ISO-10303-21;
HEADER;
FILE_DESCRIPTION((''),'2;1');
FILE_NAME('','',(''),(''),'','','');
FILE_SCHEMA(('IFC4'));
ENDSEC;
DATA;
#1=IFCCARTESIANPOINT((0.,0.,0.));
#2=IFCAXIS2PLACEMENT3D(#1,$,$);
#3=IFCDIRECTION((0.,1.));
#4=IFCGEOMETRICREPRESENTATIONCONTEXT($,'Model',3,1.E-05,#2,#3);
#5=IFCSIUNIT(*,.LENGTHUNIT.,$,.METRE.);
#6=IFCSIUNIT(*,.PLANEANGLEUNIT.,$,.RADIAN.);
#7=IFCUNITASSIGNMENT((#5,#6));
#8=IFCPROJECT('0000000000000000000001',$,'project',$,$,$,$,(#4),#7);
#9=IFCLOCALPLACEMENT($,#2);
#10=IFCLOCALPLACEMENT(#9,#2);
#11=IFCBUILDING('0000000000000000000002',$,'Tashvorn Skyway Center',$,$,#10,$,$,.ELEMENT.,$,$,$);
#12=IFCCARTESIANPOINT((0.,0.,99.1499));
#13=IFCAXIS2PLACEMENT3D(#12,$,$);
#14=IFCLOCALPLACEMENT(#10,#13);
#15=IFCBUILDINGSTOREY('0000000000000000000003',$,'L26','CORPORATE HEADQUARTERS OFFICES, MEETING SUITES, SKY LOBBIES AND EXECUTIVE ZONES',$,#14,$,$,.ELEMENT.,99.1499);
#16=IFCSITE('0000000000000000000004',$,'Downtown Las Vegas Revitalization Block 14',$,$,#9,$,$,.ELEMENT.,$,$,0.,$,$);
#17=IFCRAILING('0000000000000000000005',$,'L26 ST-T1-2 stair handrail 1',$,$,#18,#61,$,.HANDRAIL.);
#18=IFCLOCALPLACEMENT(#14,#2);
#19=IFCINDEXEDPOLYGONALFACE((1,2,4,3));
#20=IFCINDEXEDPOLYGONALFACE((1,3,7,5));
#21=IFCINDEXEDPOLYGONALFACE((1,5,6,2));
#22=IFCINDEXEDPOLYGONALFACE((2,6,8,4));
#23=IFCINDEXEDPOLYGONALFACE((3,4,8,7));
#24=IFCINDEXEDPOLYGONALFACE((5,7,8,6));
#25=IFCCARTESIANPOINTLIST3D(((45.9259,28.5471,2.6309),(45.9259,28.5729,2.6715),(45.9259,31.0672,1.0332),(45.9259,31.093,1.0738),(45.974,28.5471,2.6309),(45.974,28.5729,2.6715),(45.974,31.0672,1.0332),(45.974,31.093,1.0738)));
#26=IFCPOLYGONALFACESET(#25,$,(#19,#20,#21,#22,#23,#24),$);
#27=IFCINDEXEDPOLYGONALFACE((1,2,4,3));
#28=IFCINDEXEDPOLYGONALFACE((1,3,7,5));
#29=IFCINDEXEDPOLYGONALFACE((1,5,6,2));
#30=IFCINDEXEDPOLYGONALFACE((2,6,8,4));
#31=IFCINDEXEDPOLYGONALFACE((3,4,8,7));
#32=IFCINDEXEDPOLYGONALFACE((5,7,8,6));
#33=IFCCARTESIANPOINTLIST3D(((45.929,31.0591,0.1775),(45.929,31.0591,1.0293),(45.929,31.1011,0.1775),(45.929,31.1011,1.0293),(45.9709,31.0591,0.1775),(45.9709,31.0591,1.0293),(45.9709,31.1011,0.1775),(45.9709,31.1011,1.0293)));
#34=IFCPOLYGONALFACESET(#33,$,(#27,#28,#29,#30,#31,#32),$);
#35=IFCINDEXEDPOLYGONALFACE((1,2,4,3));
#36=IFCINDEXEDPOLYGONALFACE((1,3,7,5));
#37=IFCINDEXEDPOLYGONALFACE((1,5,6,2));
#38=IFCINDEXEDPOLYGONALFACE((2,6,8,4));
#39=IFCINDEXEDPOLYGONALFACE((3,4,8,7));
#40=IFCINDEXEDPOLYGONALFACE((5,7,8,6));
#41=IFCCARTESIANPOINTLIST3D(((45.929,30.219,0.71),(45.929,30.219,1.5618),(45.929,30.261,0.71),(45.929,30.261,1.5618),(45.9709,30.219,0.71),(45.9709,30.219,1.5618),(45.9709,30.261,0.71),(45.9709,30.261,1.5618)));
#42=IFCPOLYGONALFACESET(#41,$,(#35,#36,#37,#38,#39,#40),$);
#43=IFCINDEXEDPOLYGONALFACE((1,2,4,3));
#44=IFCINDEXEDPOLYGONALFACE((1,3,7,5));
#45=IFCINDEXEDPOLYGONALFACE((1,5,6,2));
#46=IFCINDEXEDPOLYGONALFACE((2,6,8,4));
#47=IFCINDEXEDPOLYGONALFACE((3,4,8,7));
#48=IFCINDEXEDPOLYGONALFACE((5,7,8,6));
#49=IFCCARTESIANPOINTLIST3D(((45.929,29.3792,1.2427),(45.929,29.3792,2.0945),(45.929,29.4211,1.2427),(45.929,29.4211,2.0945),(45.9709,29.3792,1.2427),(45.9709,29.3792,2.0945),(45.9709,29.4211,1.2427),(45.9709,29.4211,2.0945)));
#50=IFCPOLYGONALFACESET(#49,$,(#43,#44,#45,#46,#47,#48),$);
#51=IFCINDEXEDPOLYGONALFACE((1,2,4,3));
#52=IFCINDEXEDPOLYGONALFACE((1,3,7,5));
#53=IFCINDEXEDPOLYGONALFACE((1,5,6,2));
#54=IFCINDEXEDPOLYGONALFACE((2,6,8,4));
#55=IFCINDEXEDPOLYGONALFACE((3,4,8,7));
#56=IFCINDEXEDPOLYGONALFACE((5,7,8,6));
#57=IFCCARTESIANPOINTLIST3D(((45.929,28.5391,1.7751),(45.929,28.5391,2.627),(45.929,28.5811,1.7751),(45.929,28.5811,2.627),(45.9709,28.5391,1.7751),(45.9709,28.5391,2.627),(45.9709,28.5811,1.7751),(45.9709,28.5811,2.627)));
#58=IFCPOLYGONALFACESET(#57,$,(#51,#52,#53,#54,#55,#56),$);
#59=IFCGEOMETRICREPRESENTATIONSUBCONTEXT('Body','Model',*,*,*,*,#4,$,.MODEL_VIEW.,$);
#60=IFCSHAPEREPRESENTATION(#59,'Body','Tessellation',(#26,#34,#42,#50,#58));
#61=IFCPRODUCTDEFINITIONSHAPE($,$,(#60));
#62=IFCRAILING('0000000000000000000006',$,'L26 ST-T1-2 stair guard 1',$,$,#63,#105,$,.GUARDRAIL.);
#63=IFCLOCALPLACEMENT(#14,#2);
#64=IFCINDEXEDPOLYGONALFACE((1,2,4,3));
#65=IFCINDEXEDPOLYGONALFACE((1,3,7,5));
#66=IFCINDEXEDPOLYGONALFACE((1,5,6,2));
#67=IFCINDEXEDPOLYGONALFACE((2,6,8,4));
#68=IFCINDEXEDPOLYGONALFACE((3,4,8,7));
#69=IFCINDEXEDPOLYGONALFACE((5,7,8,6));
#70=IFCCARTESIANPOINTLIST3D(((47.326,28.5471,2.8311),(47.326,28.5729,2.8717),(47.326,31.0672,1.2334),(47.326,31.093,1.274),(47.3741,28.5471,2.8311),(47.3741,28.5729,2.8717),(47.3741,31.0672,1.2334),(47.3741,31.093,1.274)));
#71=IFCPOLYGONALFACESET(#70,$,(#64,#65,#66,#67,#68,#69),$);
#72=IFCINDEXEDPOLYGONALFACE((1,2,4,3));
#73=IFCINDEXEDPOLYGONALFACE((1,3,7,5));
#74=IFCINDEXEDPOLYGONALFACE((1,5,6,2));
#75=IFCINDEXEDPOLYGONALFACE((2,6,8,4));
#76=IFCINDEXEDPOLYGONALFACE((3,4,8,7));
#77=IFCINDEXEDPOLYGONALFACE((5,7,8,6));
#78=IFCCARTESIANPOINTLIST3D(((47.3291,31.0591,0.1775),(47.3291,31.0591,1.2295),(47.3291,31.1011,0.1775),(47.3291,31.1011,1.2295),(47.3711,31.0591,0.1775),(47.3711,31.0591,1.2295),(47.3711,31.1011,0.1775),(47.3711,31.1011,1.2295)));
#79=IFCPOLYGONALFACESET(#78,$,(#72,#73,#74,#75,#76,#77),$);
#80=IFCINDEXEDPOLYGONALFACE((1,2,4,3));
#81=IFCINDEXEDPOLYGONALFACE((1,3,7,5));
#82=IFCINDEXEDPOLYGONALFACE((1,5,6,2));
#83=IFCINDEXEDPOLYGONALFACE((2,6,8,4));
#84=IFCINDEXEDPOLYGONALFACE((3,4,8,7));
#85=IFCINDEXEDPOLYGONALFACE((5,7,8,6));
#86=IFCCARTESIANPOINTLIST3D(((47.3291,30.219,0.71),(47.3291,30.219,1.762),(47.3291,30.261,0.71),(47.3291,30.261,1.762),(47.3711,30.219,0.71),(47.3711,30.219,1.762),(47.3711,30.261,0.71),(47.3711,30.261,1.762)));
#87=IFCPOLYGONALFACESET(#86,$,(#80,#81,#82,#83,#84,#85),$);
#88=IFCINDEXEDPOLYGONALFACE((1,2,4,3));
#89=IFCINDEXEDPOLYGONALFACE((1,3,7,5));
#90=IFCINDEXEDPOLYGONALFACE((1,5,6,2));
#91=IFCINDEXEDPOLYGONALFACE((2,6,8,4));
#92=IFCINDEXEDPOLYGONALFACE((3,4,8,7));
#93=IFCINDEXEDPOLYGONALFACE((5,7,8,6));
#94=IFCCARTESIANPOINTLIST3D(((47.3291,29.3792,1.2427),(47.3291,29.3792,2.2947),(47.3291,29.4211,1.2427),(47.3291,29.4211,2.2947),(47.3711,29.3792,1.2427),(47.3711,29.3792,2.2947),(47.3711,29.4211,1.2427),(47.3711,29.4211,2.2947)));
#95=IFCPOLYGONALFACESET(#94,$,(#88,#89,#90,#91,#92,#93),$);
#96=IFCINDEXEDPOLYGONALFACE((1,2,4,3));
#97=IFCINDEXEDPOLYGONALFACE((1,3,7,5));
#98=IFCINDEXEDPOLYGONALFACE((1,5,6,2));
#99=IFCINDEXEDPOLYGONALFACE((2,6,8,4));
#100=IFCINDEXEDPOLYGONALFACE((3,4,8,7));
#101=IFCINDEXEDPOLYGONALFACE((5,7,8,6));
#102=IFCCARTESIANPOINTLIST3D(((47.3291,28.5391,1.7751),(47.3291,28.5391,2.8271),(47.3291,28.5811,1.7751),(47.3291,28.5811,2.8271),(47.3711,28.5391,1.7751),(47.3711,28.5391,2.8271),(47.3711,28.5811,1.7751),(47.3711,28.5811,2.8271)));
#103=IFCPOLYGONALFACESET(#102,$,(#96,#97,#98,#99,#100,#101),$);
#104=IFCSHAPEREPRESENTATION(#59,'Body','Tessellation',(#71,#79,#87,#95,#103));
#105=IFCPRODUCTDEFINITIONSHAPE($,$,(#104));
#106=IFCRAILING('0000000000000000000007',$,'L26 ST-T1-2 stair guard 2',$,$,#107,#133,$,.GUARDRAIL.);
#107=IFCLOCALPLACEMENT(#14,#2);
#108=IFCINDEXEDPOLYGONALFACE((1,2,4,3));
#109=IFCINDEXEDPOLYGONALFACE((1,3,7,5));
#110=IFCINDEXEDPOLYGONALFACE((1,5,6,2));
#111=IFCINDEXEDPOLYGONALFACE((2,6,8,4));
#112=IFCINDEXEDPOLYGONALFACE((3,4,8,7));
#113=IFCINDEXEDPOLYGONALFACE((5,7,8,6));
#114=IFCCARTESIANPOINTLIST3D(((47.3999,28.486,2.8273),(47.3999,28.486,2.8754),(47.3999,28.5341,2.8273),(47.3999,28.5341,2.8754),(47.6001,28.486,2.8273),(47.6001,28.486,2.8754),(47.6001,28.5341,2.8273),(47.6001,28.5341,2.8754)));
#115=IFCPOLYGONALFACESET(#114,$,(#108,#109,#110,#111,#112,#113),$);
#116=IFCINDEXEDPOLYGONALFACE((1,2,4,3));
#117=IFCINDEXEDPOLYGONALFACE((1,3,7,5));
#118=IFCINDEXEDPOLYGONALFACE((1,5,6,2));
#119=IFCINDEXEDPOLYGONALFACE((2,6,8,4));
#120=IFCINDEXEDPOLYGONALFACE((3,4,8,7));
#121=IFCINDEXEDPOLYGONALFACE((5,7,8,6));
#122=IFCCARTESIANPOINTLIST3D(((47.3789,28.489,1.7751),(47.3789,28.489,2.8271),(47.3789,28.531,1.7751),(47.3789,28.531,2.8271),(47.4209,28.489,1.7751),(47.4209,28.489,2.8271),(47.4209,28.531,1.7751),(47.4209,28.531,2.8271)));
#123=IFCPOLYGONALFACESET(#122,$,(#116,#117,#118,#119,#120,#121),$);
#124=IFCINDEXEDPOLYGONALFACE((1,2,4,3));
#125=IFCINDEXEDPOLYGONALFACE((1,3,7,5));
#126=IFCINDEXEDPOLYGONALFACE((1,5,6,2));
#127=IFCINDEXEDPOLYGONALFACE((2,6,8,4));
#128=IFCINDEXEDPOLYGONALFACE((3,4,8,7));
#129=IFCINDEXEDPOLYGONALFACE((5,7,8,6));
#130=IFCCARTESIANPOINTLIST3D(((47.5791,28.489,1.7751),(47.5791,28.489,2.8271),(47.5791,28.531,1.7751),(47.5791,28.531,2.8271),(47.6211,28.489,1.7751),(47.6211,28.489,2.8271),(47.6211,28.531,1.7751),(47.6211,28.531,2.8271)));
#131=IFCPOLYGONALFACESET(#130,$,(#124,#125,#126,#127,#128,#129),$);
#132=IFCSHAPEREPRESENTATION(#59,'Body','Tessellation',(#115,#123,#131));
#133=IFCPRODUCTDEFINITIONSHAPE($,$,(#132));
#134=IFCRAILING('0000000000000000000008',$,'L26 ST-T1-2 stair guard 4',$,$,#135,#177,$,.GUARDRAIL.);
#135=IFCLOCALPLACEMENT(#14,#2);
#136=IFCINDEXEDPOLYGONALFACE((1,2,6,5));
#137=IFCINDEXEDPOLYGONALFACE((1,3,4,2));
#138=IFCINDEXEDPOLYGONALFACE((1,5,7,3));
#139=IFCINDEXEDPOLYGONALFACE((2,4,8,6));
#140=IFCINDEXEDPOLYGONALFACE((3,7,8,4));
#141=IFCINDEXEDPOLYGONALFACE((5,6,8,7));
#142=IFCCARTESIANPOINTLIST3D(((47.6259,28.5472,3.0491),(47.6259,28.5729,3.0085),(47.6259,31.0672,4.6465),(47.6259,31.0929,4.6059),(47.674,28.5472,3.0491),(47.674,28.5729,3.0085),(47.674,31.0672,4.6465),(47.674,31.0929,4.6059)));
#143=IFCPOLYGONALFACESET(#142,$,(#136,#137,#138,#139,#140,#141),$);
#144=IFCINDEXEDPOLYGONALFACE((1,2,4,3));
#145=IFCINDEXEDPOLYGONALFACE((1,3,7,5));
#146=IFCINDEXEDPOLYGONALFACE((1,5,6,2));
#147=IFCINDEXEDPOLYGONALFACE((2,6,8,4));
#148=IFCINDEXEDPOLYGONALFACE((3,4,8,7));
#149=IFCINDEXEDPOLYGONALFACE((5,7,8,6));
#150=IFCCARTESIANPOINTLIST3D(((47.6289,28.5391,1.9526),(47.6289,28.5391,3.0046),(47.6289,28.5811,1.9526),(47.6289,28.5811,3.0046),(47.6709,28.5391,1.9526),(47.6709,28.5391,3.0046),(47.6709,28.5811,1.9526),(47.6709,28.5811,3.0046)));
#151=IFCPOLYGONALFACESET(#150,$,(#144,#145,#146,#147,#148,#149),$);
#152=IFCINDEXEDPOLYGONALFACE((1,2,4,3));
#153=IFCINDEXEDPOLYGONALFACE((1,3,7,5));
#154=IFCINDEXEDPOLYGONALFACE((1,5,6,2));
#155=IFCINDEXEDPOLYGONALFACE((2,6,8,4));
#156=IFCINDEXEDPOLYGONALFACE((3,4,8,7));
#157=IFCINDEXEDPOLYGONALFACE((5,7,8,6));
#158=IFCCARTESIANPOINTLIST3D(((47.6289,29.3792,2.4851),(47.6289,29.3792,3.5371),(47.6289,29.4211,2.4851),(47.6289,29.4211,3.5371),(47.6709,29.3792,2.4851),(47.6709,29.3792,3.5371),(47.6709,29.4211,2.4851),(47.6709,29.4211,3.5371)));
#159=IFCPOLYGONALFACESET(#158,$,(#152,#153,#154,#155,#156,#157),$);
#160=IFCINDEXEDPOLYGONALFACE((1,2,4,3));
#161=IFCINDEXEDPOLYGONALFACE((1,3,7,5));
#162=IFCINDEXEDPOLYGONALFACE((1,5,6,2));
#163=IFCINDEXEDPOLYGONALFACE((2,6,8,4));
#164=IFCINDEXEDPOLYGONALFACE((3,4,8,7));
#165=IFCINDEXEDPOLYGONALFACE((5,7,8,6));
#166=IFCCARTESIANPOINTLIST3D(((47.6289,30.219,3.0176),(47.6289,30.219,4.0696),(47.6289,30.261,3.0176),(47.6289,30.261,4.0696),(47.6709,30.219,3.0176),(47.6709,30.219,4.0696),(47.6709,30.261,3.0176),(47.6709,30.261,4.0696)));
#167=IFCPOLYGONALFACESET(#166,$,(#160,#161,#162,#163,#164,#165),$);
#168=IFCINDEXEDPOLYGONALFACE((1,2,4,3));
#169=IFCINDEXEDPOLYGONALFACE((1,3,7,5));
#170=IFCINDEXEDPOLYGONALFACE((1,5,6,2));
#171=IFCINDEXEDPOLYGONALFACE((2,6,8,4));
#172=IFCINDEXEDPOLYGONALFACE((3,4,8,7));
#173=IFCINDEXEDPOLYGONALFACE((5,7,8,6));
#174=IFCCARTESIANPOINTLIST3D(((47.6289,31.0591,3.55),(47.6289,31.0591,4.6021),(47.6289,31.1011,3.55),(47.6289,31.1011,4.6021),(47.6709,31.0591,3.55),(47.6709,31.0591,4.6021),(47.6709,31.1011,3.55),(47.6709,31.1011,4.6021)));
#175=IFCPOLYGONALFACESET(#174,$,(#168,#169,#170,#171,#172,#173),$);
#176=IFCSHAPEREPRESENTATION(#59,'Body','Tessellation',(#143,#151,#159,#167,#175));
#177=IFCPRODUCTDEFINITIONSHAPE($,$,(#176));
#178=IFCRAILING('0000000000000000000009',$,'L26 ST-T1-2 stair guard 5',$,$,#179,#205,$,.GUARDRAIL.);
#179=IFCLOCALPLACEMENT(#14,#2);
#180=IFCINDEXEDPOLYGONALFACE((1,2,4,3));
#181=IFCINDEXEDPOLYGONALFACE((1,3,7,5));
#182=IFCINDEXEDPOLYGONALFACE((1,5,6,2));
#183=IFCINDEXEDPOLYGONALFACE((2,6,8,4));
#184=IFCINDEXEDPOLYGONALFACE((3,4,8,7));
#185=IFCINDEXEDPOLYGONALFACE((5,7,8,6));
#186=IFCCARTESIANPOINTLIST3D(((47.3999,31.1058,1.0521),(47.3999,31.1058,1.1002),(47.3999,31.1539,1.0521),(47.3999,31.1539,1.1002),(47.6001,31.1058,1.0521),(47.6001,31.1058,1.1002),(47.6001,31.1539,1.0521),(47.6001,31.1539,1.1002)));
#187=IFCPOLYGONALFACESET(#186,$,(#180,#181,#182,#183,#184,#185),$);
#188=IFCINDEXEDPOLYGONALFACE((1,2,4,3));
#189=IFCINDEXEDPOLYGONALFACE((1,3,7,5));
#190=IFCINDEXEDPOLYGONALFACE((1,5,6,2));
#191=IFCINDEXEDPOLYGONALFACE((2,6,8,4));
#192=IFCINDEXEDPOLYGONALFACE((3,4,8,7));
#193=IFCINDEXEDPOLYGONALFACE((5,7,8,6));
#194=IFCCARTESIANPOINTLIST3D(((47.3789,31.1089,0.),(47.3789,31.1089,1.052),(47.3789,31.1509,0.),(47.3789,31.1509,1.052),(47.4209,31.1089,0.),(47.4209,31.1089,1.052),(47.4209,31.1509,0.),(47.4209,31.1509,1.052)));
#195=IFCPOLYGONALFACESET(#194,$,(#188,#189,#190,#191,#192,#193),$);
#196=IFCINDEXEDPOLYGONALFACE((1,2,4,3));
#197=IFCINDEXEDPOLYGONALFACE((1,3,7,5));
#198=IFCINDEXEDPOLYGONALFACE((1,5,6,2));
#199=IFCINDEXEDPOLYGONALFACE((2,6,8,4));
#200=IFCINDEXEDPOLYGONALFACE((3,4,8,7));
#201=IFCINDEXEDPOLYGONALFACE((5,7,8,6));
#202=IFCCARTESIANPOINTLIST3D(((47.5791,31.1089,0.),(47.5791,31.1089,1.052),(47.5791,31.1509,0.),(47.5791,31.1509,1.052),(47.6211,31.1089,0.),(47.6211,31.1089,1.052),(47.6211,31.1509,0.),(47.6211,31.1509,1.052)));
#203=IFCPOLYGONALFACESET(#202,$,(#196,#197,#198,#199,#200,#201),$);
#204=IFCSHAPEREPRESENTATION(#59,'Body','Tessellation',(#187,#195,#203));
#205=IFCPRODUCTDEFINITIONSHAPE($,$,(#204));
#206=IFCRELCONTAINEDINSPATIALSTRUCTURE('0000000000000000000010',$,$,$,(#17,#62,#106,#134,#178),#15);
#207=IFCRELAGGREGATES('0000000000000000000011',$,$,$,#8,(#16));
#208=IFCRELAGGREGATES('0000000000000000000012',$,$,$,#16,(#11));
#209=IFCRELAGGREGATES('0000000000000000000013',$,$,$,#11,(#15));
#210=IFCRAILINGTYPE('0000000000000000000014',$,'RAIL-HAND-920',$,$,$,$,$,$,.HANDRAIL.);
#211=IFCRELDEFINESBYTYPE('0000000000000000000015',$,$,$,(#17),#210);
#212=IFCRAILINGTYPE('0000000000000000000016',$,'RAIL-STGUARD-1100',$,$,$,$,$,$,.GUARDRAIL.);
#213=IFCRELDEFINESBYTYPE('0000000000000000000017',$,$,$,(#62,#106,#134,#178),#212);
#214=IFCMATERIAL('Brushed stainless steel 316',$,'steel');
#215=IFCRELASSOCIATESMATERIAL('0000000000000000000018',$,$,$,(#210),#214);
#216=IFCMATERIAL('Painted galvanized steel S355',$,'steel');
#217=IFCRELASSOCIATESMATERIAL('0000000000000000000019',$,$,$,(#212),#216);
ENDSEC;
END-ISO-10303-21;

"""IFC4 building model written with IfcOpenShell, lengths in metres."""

from ifc_helpers import new_model, si_unit, direction, frame, origin, origin_2d, place, context, subcontext, project, spatial, rectangle, extrude, material, type_object, element, save


model = new_model("IFC4")

# Units and contexts
model_context = context("Model", 3, precision=1e-05, world=origin(), true_north=direction((0.0, 1.0)))
body_context = subcontext(model_context, "Body", "Model", "MODEL_VIEW")
ifc_project = project(units=[si_unit("LENGTHUNIT", "METRE"), si_unit("PLANEANGLEUNIT", "RADIAN")], contexts=[model_context])

# Site, building, storey
site_placement = place(None, origin())
site = spatial("IfcSite", under=ifc_project, at=site_placement, Name="Downtown Las Vegas Revitalization Block 14", CompositionType="ELEMENT", RefElevation=0.0)
building_placement = place(site_placement, origin())
building = spatial("IfcBuilding", under=site, at=building_placement, Name="Tashvorn Skyway Center", CompositionType="ELEMENT")
storey_placement = place(building_placement, frame((0.0, 0.0, 99.1499)))
storey = spatial("IfcBuildingStorey", under=building, at=storey_placement, Name="L26", Description="CORPORATE HEADQUARTERS OFFICES, MEETING SUITES, SKY LOBBIES AND EXECUTIVE ZONES", CompositionType="ELEMENT", Elevation=99.1499)

# Railings
ifc_material_1 = material(Name="Brushed stainless steel 316", Category="steel")
railing_type_1 = type_object("IfcRailingType", Name="RAIL-HAND-920", PredefinedType="HANDRAIL", material=ifc_material_1)
railing_1_placement = place(storey_placement, frame((45.95, 31.0801, 0.1775)))
element("IfcRailing", 1, at=railing_1_placement, inside=storey, type_object=railing_type_1, Name="L26 ST-T1-2 stair handrail 1", PredefinedType="HANDRAIL", context=body_context, shape_type="SweptSolid", body=[
    extrude(rectangle(XDim=0.0481, YDim=0.0481, at=origin_2d()), frame((0.0, 0.0, 0.876), z_axis=(0.0, -0.84457, 0.535445), x_axis=(1.0, 0.0, 0.0)), (0.0, 0.0, 1.0), 2.9839),
    extrude(rectangle(XDim=0.042, YDim=0.042, at=origin_2d()), origin(), (0.0, 0.0, 1.0), 0.8518),
    extrude(rectangle(XDim=0.042, YDim=0.042, at=origin_2d()), frame((0.0, -0.8401, 0.5325)), (0.0, 0.0, 1.0), 0.8518),
    extrude(rectangle(XDim=0.042, YDim=0.042, at=origin_2d()), frame((0.0, -1.6799, 1.0652)), (0.0, 0.0, 1.0), 0.8518),
    extrude(rectangle(XDim=0.042, YDim=0.042, at=origin_2d()), frame((0.0, -2.52, 1.5977)), (0.0, 0.0, 1.0), 0.8518),
])
ifc_material_2 = material(Name="Painted galvanized steel S355", Category="steel")
railing_type_2 = type_object("IfcRailingType", Name="RAIL-STGUARD-1100", PredefinedType="GUARDRAIL", material=ifc_material_2)
railing_2_placement = place(storey_placement, frame((47.3501, 31.0801, 0.1775)))
element("IfcRailing", 2, at=railing_2_placement, inside=storey, type_object=railing_type_2, Name="L26 ST-T1-2 stair guard 1", PredefinedType="GUARDRAIL", context=body_context, shape_type="SweptSolid", body=[
    extrude(rectangle(XDim=0.0481, YDim=0.0481, at=origin_2d()), frame((0.0, 0.0, 1.0762), z_axis=(0.0, -0.84457, 0.535445), x_axis=(1.0, 0.0, 0.0)), (0.0, 0.0, 1.0), 2.9839),
    extrude(rectangle(XDim=0.042, YDim=0.042, at=origin_2d()), origin(), (0.0, 0.0, 1.0), 1.052),
    extrude(rectangle(XDim=0.042, YDim=0.042, at=origin_2d()), frame((0.0, -0.8401, 0.5325)), (0.0, 0.0, 1.0), 1.052),
    extrude(rectangle(XDim=0.042, YDim=0.042, at=origin_2d()), frame((0.0, -1.6799, 1.0652)), (0.0, 0.0, 1.0), 1.052),
    extrude(rectangle(XDim=0.042, YDim=0.042, at=origin_2d()), frame((0.0, -2.52, 1.5977)), (0.0, 0.0, 1.0), 1.052),
])
railing_3_placement = place(storey_placement, frame((47.3999, 28.51, 1.7751)))
element("IfcRailing", 3, at=railing_3_placement, inside=storey, type_object=railing_type_2, Name="L26 ST-T1-2 stair guard 2", PredefinedType="GUARDRAIL", context=body_context, shape_type="SweptSolid", body=[
    extrude(rectangle(XDim=0.0481, YDim=0.0481, at=origin_2d()), frame((0.0, 0.0, 1.0762), z_axis=(1.0, 0.0, 0.0), x_axis=(0.0, 1.0, 0.0)), (0.0, 0.0, 1.0), 0.2002),
    extrude(rectangle(XDim=0.042, YDim=0.042, at=origin_2d()), origin(), (0.0, 0.0, 1.0), 1.052),
    extrude(rectangle(XDim=0.042, YDim=0.042, at=origin_2d()), frame((0.2002, 0.0, 0.0)), (0.0, 0.0, 1.0), 1.052),
])
railing_4_placement = place(storey_placement, frame((47.6499, 28.5601, 1.9526)))
element("IfcRailing", 4, at=railing_4_placement, inside=storey, type_object=railing_type_2, Name="L26 ST-T1-2 stair guard 4", PredefinedType="GUARDRAIL", context=body_context, shape_type="SweptSolid", body=[
    extrude(rectangle(XDim=0.0481, YDim=0.0481, at=origin_2d()), frame((0.0, 0.0, 1.0762), z_axis=(0.0, 0.844607, 0.535387), x_axis=(-1.0, 0.0, 0.0)), (0.0, 0.0, 1.0), 2.9836),
    extrude(rectangle(XDim=0.042, YDim=0.042, at=origin_2d()), origin(), (0.0, 0.0, 1.0), 1.052),
    extrude(rectangle(XDim=0.042, YDim=0.042, at=origin_2d()), frame((0.0, 0.8401, 0.5325)), (0.0, 0.0, 1.0), 1.052),
    extrude(rectangle(XDim=0.042, YDim=0.042, at=origin_2d()), frame((0.0, 1.6799, 1.0649)), (0.0, 0.0, 1.0), 1.052),
    extrude(rectangle(XDim=0.042, YDim=0.042, at=origin_2d()), frame((0.0, 2.52, 1.5974)), (0.0, 0.0, 1.0), 1.052),
])
railing_5_placement = place(storey_placement, frame((47.3999, 31.1299, 0.0)))
element("IfcRailing", 5, at=railing_5_placement, inside=storey, type_object=railing_type_2, Name="L26 ST-T1-2 stair guard 5", PredefinedType="GUARDRAIL", context=body_context, shape_type="SweptSolid", body=[
    extrude(rectangle(XDim=0.0481, YDim=0.0481, at=origin_2d()), frame((0.0, 0.0, 1.0762), z_axis=(1.0, 0.0, 0.0), x_axis=(0.0, 1.0, 0.0)), (0.0, 0.0, 1.0), 0.2002),
    extrude(rectangle(XDim=0.042, YDim=0.042, at=origin_2d()), origin(), (0.0, 0.0, 1.0), 1.052),
    extrude(rectangle(XDim=0.042, YDim=0.042, at=origin_2d()), frame((0.2002, 0.0, 0.0)), (0.0, 0.0, 1.0), 1.052),
])

save(model, "model.ifc")
